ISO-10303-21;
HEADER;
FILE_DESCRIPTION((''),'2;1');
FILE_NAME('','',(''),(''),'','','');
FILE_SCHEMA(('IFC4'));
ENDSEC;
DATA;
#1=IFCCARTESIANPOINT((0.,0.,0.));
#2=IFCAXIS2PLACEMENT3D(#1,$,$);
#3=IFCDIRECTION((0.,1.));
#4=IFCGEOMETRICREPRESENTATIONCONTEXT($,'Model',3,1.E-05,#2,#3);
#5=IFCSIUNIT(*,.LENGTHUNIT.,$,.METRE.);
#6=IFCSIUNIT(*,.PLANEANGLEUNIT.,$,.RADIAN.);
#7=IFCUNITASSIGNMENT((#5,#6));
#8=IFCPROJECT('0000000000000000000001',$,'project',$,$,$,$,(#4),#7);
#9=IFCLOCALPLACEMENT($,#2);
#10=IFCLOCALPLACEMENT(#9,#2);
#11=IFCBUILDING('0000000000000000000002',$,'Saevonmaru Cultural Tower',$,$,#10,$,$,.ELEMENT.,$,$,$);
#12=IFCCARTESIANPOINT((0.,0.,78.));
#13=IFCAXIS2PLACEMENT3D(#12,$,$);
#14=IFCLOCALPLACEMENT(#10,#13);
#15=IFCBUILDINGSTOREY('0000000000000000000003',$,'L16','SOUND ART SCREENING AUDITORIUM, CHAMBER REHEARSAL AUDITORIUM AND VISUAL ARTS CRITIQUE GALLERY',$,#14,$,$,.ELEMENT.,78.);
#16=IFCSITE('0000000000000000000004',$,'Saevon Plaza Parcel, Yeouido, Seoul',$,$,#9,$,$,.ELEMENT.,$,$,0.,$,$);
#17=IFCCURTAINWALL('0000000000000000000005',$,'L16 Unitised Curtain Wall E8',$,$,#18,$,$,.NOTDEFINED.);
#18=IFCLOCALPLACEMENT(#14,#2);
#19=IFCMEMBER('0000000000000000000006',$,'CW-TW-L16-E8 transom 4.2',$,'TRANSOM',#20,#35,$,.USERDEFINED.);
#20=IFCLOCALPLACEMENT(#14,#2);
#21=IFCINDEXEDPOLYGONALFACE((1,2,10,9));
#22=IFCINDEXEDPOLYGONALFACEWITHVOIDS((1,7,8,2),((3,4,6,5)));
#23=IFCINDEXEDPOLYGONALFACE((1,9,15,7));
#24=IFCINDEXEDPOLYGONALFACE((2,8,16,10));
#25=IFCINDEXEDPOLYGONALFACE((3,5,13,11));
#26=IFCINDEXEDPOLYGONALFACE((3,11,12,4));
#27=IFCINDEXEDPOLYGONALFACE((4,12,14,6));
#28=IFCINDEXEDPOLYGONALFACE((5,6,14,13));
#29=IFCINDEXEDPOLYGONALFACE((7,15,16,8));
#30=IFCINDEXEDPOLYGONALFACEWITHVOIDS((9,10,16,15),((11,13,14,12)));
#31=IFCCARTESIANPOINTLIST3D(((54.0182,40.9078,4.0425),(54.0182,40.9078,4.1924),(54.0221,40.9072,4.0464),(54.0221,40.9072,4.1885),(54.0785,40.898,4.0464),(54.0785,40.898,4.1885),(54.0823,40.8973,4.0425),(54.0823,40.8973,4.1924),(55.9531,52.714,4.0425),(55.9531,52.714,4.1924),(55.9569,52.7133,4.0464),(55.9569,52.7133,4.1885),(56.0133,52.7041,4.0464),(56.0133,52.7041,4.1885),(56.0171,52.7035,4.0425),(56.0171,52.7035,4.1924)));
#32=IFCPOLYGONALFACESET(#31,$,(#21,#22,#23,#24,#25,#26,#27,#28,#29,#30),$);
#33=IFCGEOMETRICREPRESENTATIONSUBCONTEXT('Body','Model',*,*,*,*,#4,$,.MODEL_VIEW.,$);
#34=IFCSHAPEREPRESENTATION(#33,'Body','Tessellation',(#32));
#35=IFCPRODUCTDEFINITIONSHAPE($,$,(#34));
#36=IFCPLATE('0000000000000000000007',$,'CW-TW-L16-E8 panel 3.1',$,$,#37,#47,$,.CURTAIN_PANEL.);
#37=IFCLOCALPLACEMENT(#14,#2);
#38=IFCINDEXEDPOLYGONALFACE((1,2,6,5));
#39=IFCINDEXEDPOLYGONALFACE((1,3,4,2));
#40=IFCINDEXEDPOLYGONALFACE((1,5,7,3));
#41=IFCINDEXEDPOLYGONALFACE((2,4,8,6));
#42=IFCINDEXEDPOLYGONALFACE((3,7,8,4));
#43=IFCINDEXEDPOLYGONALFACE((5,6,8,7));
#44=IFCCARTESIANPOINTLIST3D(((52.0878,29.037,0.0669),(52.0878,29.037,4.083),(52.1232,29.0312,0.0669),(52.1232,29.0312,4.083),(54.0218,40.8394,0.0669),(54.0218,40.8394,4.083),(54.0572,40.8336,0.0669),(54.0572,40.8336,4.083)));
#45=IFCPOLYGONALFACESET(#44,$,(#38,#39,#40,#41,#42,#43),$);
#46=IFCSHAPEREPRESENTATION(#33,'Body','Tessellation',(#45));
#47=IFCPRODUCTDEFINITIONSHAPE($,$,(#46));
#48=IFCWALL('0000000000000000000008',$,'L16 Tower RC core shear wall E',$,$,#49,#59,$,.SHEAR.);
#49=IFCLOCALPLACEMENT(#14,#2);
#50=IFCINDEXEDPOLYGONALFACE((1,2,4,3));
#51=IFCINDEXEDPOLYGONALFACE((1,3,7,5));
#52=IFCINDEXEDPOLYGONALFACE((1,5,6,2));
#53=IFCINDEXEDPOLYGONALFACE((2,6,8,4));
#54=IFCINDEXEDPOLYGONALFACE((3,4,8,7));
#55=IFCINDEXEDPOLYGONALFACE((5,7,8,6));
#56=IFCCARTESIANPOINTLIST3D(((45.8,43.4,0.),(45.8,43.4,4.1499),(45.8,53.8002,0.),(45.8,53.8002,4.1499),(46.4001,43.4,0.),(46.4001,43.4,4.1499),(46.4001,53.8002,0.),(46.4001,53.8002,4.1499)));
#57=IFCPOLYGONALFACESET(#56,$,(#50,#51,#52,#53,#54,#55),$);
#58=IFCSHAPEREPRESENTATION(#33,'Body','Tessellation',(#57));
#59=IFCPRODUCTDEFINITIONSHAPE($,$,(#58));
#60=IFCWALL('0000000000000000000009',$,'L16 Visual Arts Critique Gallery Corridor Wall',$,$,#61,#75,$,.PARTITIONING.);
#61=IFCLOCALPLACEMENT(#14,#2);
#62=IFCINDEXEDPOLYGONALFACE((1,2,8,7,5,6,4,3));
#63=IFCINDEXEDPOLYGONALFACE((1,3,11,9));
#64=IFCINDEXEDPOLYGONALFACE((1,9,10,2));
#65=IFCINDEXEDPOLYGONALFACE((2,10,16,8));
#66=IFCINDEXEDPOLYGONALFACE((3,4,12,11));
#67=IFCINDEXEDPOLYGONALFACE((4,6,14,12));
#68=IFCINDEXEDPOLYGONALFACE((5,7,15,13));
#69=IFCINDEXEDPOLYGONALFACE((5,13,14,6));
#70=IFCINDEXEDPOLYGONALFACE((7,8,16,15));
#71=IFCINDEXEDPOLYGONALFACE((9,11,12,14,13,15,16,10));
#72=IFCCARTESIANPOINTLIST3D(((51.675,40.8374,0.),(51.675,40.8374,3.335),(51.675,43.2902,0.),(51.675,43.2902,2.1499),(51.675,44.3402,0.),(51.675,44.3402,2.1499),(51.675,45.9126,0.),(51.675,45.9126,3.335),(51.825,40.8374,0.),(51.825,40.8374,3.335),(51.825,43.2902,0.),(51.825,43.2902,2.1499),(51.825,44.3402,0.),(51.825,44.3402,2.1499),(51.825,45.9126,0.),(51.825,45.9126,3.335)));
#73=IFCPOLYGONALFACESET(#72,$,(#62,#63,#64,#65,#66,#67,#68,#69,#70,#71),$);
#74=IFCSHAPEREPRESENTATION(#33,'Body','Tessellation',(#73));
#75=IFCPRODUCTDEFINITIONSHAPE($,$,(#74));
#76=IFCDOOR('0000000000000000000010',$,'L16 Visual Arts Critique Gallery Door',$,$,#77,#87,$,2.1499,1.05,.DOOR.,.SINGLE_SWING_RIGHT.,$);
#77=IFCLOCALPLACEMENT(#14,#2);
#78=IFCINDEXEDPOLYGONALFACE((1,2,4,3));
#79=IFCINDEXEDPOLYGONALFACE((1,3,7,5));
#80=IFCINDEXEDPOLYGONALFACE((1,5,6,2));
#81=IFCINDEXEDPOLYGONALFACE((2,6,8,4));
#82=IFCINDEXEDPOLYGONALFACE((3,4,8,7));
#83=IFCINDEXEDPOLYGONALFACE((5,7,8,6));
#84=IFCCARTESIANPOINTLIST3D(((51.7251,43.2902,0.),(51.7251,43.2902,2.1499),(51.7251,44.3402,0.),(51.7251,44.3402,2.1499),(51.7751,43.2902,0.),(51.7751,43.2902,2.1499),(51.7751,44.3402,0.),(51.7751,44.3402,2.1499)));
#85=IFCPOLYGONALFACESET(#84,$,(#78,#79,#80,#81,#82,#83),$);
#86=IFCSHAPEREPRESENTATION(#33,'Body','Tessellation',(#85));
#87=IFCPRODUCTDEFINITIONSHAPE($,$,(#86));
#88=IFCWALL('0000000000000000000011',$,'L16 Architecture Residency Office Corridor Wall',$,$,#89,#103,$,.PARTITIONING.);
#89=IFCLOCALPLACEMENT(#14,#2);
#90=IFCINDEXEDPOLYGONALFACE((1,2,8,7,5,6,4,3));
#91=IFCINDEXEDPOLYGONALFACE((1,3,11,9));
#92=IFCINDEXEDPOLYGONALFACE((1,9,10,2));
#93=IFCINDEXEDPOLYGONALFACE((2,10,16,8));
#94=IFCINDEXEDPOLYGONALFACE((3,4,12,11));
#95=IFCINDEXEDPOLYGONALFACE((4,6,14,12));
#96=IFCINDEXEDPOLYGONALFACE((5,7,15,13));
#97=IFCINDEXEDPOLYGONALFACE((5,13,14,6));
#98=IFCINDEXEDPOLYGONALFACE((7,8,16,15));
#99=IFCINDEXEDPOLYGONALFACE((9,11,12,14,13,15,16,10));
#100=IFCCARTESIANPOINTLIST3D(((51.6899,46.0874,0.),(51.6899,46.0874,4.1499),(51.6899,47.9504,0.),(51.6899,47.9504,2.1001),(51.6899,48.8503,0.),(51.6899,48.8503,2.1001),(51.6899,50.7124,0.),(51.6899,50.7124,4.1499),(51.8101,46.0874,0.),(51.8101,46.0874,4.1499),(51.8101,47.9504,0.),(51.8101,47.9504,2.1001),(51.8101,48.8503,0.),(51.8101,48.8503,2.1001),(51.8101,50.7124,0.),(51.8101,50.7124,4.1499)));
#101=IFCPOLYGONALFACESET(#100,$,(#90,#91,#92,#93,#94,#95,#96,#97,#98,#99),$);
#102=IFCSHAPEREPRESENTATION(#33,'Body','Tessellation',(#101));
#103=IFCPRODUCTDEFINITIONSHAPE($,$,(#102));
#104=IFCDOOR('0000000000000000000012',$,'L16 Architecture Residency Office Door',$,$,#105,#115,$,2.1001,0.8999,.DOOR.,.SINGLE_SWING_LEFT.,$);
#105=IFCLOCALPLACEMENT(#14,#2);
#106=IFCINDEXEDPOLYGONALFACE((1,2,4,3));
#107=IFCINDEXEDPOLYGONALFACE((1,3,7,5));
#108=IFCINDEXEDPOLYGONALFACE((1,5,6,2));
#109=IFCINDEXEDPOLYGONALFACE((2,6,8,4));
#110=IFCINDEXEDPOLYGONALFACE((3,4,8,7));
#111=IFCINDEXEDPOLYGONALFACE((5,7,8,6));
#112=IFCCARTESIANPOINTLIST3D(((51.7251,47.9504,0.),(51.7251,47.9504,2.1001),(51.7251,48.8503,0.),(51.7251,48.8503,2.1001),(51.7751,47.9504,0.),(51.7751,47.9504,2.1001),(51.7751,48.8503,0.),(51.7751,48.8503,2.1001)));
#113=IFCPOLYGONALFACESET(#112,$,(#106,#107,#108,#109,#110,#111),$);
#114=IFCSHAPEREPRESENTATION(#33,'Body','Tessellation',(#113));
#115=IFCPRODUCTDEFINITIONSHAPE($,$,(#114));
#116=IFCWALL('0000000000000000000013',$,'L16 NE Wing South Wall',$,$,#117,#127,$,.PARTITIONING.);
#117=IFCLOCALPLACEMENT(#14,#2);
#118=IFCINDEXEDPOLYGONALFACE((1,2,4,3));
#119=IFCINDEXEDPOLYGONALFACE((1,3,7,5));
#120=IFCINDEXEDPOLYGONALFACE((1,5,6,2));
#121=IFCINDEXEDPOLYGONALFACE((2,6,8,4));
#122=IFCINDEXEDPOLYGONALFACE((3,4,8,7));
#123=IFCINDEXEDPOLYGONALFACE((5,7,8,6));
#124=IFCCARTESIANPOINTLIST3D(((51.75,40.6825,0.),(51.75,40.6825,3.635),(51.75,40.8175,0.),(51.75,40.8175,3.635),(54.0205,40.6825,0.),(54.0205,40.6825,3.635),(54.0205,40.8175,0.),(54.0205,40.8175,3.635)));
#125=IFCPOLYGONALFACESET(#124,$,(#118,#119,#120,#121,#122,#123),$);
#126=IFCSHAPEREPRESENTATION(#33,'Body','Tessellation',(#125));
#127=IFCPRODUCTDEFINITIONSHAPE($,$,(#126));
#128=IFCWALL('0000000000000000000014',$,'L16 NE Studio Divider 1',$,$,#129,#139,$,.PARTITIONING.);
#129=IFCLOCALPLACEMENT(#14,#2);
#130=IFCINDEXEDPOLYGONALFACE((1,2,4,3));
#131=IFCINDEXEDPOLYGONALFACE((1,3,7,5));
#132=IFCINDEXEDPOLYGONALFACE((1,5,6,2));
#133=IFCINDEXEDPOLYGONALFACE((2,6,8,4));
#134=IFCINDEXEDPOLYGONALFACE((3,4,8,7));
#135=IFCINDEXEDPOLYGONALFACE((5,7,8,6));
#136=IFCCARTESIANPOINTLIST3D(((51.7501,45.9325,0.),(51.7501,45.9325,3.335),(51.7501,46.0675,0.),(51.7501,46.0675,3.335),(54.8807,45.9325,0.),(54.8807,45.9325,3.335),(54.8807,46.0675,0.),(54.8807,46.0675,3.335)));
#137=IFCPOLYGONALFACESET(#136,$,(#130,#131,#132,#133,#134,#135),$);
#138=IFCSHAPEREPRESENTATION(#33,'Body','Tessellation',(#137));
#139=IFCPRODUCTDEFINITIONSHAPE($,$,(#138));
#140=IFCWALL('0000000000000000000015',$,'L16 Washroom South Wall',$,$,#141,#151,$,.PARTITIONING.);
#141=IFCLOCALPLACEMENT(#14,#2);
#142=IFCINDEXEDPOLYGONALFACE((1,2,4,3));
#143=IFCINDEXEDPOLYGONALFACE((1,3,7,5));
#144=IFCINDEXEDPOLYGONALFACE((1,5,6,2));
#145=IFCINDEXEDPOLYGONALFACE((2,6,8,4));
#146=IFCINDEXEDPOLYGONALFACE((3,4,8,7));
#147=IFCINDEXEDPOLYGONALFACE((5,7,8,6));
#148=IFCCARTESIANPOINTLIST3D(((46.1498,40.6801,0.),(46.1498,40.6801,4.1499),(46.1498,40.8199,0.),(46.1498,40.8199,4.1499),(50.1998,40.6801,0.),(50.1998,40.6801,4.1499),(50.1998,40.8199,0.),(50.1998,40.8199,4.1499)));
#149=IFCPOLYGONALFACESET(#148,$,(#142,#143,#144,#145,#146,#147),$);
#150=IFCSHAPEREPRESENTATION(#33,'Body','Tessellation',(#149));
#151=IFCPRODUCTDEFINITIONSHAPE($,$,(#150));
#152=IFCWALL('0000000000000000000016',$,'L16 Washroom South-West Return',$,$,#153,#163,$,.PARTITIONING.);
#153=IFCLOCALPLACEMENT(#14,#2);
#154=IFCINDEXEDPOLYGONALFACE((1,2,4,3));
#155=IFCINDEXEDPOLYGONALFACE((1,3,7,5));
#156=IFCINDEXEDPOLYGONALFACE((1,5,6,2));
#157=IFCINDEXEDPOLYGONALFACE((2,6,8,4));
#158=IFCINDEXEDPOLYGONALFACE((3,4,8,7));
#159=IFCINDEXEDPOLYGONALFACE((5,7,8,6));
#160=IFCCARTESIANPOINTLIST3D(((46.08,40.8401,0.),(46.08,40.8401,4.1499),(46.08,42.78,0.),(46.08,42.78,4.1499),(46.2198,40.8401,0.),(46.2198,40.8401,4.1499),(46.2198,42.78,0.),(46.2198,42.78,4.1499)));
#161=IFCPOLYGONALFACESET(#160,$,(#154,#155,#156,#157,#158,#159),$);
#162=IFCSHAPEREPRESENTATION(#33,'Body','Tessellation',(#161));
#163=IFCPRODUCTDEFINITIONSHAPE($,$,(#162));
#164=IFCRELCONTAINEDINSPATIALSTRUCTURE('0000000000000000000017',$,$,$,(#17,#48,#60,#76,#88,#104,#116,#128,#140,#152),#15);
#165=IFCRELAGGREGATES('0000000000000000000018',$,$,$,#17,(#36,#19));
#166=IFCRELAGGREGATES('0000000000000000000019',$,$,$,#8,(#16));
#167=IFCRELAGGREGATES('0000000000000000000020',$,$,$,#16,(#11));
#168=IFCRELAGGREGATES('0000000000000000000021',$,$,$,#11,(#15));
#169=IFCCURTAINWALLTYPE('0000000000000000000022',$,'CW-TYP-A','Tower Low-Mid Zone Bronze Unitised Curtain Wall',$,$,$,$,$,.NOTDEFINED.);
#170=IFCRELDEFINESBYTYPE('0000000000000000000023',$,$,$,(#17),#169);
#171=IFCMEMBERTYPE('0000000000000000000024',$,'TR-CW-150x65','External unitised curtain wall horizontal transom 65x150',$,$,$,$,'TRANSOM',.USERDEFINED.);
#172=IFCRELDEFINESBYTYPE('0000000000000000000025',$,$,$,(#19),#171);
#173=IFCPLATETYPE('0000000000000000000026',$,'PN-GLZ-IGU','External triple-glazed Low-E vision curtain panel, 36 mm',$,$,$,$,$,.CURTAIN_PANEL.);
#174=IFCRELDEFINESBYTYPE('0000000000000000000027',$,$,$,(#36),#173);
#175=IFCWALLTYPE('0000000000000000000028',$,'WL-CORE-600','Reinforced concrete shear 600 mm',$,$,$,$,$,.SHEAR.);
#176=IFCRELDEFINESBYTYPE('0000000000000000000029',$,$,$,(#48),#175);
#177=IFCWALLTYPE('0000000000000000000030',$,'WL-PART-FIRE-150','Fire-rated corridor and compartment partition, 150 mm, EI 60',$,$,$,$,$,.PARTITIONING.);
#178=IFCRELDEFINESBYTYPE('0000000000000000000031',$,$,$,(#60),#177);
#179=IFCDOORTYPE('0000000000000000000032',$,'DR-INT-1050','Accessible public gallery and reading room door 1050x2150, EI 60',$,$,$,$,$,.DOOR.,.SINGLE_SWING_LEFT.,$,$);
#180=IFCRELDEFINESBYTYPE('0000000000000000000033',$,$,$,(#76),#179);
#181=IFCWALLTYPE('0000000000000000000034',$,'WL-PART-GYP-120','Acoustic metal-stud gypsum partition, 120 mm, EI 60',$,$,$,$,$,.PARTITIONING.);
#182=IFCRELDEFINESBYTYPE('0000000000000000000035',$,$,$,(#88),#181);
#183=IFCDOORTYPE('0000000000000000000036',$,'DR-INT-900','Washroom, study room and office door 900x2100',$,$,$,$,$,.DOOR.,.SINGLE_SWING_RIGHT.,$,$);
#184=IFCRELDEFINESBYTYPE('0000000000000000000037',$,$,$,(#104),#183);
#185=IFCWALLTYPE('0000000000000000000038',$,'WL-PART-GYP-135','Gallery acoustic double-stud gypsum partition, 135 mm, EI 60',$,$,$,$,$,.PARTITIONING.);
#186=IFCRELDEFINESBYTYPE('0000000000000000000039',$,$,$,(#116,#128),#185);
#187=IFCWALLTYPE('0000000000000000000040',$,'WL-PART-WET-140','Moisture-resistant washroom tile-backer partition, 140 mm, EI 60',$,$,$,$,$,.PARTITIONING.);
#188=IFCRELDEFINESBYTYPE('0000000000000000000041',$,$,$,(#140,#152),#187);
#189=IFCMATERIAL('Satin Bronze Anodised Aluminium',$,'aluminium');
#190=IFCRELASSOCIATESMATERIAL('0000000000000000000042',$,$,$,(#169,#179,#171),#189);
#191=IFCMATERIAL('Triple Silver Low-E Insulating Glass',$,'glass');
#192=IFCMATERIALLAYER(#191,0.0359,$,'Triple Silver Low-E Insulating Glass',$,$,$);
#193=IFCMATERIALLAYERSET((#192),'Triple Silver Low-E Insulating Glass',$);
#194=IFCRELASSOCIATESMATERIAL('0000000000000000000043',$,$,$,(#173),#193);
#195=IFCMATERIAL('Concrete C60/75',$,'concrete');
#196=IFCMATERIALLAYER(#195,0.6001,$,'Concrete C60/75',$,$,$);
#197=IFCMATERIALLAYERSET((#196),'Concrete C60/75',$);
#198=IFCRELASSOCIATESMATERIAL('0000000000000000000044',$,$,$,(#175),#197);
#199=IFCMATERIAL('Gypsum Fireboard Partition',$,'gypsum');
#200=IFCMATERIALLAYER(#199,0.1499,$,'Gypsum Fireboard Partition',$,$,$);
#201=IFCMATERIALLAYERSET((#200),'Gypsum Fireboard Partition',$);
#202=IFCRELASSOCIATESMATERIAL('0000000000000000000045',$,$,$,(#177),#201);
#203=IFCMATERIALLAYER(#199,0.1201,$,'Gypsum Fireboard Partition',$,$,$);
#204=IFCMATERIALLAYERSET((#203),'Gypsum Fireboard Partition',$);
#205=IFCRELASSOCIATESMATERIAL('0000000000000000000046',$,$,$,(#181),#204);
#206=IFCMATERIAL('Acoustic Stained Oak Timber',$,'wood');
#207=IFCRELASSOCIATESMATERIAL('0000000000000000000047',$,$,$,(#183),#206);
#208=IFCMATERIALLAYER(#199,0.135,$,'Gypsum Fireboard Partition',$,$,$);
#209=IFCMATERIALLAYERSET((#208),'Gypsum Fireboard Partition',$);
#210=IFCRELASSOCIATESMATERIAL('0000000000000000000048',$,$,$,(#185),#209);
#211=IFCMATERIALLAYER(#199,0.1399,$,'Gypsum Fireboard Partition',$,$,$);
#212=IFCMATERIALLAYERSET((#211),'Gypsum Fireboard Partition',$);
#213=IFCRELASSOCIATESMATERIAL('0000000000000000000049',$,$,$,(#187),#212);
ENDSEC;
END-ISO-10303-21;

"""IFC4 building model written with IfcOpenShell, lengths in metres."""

from ifc_helpers import new_model, si_unit, direction, frame, frame_2d, origin, origin_2d, place, context, subcontext, project, spatial, rectangle, hollow_rectangle, extrude, material, layer, layer_set, material_profile, profile_set, type_object, element, fill, aggregate, save


model = new_model("IFC4")

# Units and contexts
model_context = context("Model", 3, precision=1e-05, world=origin(), true_north=direction((0.0, 1.0)))
body_context = subcontext(model_context, "Body", "Model", "MODEL_VIEW")
ifc_project = project(units=[si_unit("LENGTHUNIT", "METRE"), si_unit("PLANEANGLEUNIT", "RADIAN")], contexts=[model_context])

# Site, building, storey
site_placement = place(None, origin())
site = spatial("IfcSite", under=ifc_project, at=site_placement, Name="Saevon Plaza Parcel, Yeouido, Seoul", CompositionType="ELEMENT", RefElevation=0.0)
building_placement = place(site_placement, origin())
building = spatial("IfcBuilding", under=site, at=building_placement, Name="Saevonmaru Cultural Tower", CompositionType="ELEMENT")
storey_placement = place(building_placement, frame((0.0, 0.0, 78.0)))
storey = spatial("IfcBuildingStorey", under=building, at=storey_placement, Name="L16", Description="SOUND ART SCREENING AUDITORIUM, CHAMBER REHEARSAL AUDITORIUM AND VISUAL ARTS CRITIQUE GALLERY", CompositionType="ELEMENT", Elevation=78.0)

# Curtain wall, member, plate
ifc_material_1 = material(Name="Satin Bronze Anodised Aluminium", Category="aluminium")
curtain_wall_type = type_object("IfcCurtainWallType", Name="CW-TYP-A", Description="Tower Low-Mid Zone Bronze Unitised Curtain Wall", PredefinedType="NOTDEFINED", material=ifc_material_1)
curtain_wall_placement = place(storey_placement, origin())
curtain_wall = element("IfcCurtainWall", 1, at=curtain_wall_placement, inside=storey, type_object=curtain_wall_type, Name="L16 Unitised Curtain Wall E8", PredefinedType="NOTDEFINED")
ifc_material_profile_1 = material_profile(ifc_material_1, hollow_rectangle(XDim=0.0649, YDim=0.1499, WallThickness=0.0039, at=origin_2d()), Name="ALU-TRAN-150x65x4")
ifc_profile_set_1 = profile_set([ifc_material_profile_1], Name="Satin Bronze Anodised Aluminium")
member_type_1 = type_object("IfcMemberType", Name="TR-CW-150x65", Description="External unitised curtain wall horizontal transom 65x150", ElementType="TRANSOM", PredefinedType="USERDEFINED", material=ifc_profile_set_1)
member_1_placement = place(storey_placement, frame((54.0503, 40.9026, 4.1174), z_axis=(0.161725, 0.986836, 0.0), x_axis=(-0.986836, 0.161725, 0.0)))
member_1 = element("IfcMember", 2, at=member_1_placement, type_object=member_type_1, Name="CW-TW-L16-E8 transom 4.2", ObjectType="TRANSOM", PredefinedType="USERDEFINED", context=body_context, shape_type="SweptSolid", body=[
    extrude(hollow_rectangle(XDim=0.0649, YDim=0.1499, WallThickness=0.0039, at=origin_2d()), origin(), (0.0, 0.0, 1.0), 11.9636),
])
ifc_material_2 = material(Name="Triple Silver Low-E Insulating Glass", Category="glass")
ifc_layer_1 = layer(ifc_material_2, 0.0359, Name="Triple Silver Low-E Insulating Glass")
ifc_layer_set_1 = layer_set([ifc_layer_1], Name="Triple Silver Low-E Insulating Glass")
plate_type = type_object("IfcPlateType", Name="PN-GLZ-IGU", Description="External triple-glazed Low-E vision curtain panel, 36 mm", PredefinedType="CURTAIN_PANEL", material=ifc_layer_set_1)
plate_placement = place(storey_placement, frame((53.0725, 34.9353, 0.0669), z_axis=(0.0, 0.0, 1.0), x_axis=(0.161709, 0.986839, 0.0)))
plate = element("IfcPlate", 3, at=plate_placement, type_object=plate_type, Name="CW-TW-L16-E8 panel 3.1", PredefinedType="CURTAIN_PANEL", context=body_context, shape_type="SweptSolid", body=[
    extrude(rectangle(XDim=11.9597, YDim=0.0359, at=origin_2d()), origin(), (0.0, 0.0, 1.0), 4.0161),
])
aggregate(curtain_wall, [plate, member_1])

# Wall
ifc_material_3 = material(Name="Concrete C60/75", Category="concrete")
ifc_layer_2 = layer(ifc_material_3, 0.6001, Name="Concrete C60/75")
ifc_layer_set_2 = layer_set([ifc_layer_2], Name="Concrete C60/75")
wall_type_1 = type_object("IfcWallType", Name="WL-CORE-600", Description="Reinforced concrete shear 600 mm", PredefinedType="SHEAR", material=ifc_layer_set_2)
wall_1_placement = place(storey_placement, frame((46.1001, 43.3999, 0.0), z_axis=(0.0, 0.0, 1.0), x_axis=(0.0, 1.0, 0.0)))
element("IfcWall", 4, at=wall_1_placement, inside=storey, type_object=wall_type_1, Name="L16 Tower RC core shear wall E", PredefinedType="SHEAR", context=body_context, shape_type="SweptSolid", body=[
    extrude(rectangle(XDim=10.4001, YDim=0.6001, at=frame_2d((5.2002, 0.0))), origin(), (0.0, 0.0, 1.0), 4.1499),
])

# Walls, openings, doors
ifc_material_4 = material(Name="Gypsum Fireboard Partition", Category="gypsum")
ifc_layer_3 = layer(ifc_material_4, 0.1499, Name="Gypsum Fireboard Partition")
ifc_layer_set_3 = layer_set([ifc_layer_3], Name="Gypsum Fireboard Partition")
wall_type_2 = type_object("IfcWallType", Name="WL-PART-FIRE-150", Description="Fire-rated corridor and compartment partition, 150 mm, EI 60", PredefinedType="PARTITIONING", material=ifc_layer_set_3)
wall_2_placement = place(storey_placement, frame((51.75, 40.8374, 0.0), z_axis=(0.0, 0.0, 1.0), x_axis=(0.0, 1.0, 0.0)))
wall_2 = element("IfcWall", 5, at=wall_2_placement, inside=storey, type_object=wall_type_2, Name="L16 Visual Arts Critique Gallery Corridor Wall", PredefinedType="PARTITIONING", context=body_context, shape_type="SweptSolid", body=[
    extrude(rectangle(XDim=5.0752, YDim=0.1499, at=frame_2d((2.5376, 0.0))), origin(), (0.0, 0.0, 1.0), 3.335),
])
opening_1_placement = place(wall_2_placement, frame((2.4529, 0.0, 0.0)))
opening_1 = element("IfcOpeningElement", 6, at=opening_1_placement, cuts=wall_2, PredefinedType="OPENING", context=body_context, shape_type="SweptSolid", body=[
    extrude(rectangle(XDim=1.05, YDim=2.1499, at=frame_2d((0.5249, 1.075))), frame((0.0, 0.085, 0.0), z_axis=(0.0, -1.0, 0.0), x_axis=(1.0, 0.0, 0.0)), (0.0, 0.0, 1.0), 0.1699),
])
door_type_1 = type_object("IfcDoorType", Name="DR-INT-1050", Description="Accessible public gallery and reading room door 1050x2150, EI 60", OperationType="SINGLE_SWING_LEFT", PredefinedType="DOOR", material=ifc_material_1)
door_1_placement = place(opening_1_placement, origin())
door_1 = element("IfcDoor", 7, at=door_1_placement, inside=storey, type_object=door_type_1, Name="L16 Visual Arts Critique Gallery Door", OperationType="SINGLE_SWING_RIGHT", OverallHeight=2.1499, OverallWidth=1.05, PredefinedType="DOOR", context=body_context, shape_type="SweptSolid", body=[
    extrude(rectangle(XDim=1.05, YDim=2.1499, at=frame_2d((0.5249, 1.075))), frame((0.0, 0.0249, 0.0), z_axis=(0.0, -1.0, 0.0), x_axis=(1.0, 0.0, 0.0)), (0.0, 0.0, 1.0), 0.05),
])
fill(opening_1, door_1)
ifc_layer_4 = layer(ifc_material_4, 0.1201, Name="Gypsum Fireboard Partition")
ifc_layer_set_4 = layer_set([ifc_layer_4], Name="Gypsum Fireboard Partition")
wall_type_3 = type_object("IfcWallType", Name="WL-PART-GYP-120", Description="Acoustic metal-stud gypsum partition, 120 mm, EI 60", PredefinedType="PARTITIONING", material=ifc_layer_set_4)
wall_3_placement = place(storey_placement, frame((51.75, 46.0874, 0.0), z_axis=(0.0, 0.0, 1.0), x_axis=(0.0, 1.0, 0.0)))
wall_3 = element("IfcWall", 8, at=wall_3_placement, inside=storey, type_object=wall_type_3, Name="L16 Architecture Residency Office Corridor Wall", PredefinedType="PARTITIONING", context=body_context, shape_type="SweptSolid", body=[
    extrude(rectangle(XDim=4.625, YDim=0.1201, at=frame_2d((2.3125, 0.0))), origin(), (0.0, 0.0, 1.0), 4.1499),
])
opening_2_placement = place(wall_3_placement, frame((1.863, 0.0, 0.0)))
opening_2 = element("IfcOpeningElement", 9, at=opening_2_placement, cuts=wall_3, PredefinedType="OPENING", context=body_context, shape_type="SweptSolid", body=[
    extrude(rectangle(XDim=0.8999, YDim=2.1001, at=frame_2d((0.45, 1.05))), frame((0.0, 0.0701, 0.0), z_axis=(0.0, -1.0, 0.0), x_axis=(1.0, 0.0, 0.0)), (0.0, 0.0, 1.0), 0.1401),
])
ifc_material_5 = material(Name="Acoustic Stained Oak Timber", Category="wood")
door_type_2 = type_object("IfcDoorType", Name="DR-INT-900", Description="Washroom, study room and office door 900x2100", OperationType="SINGLE_SWING_RIGHT", PredefinedType="DOOR", material=ifc_material_5)
door_2_placement = place(opening_2_placement, origin())
door_2 = element("IfcDoor", 10, at=door_2_placement, inside=storey, type_object=door_type_2, Name="L16 Architecture Residency Office Door", OperationType="SINGLE_SWING_LEFT", OverallHeight=2.1001, OverallWidth=0.8999, PredefinedType="DOOR", context=body_context, shape_type="SweptSolid", body=[
    extrude(rectangle(XDim=0.8999, YDim=2.1001, at=frame_2d((0.45, 1.05))), frame((0.0, 0.0249, 0.0), z_axis=(0.0, -1.0, 0.0), x_axis=(1.0, 0.0, 0.0)), (0.0, 0.0, 1.0), 0.05),
])
fill(opening_2, door_2)

# Walls
ifc_layer_5 = layer(ifc_material_4, 0.135, Name="Gypsum Fireboard Partition")
ifc_layer_set_5 = layer_set([ifc_layer_5], Name="Gypsum Fireboard Partition")
wall_type_4 = type_object("IfcWallType", Name="WL-PART-GYP-135", Description="Gallery acoustic double-stud gypsum partition, 135 mm, EI 60", PredefinedType="PARTITIONING", material=ifc_layer_set_5)
wall_4_placement = place(storey_placement, frame((51.75, 40.75, 0.0), z_axis=(0.0, 0.0, 1.0), x_axis=(1.0, 0.0, 0.0)))
element("IfcWall", 11, at=wall_4_placement, inside=storey, type_object=wall_type_4, Name="L16 NE Wing South Wall", PredefinedType="PARTITIONING", context=body_context, shape_type="SweptSolid", body=[
    extrude(rectangle(XDim=2.2705, YDim=0.135, at=frame_2d((1.1353, 0.0))), origin(), (0.0, 0.0, 1.0), 3.635),
])
wall_5_placement = place(storey_placement, frame((51.75, 46.0, 0.0), z_axis=(0.0, 0.0, 1.0), x_axis=(1.0, 0.0, 0.0)))
element("IfcWall", 12, at=wall_5_placement, inside=storey, type_object=wall_type_4, Name="L16 NE Studio Divider 1", PredefinedType="PARTITIONING", context=body_context, shape_type="SweptSolid", body=[
    extrude(rectangle(XDim=3.1306, YDim=0.135, at=frame_2d((1.5654, 0.0))), origin(), (0.0, 0.0, 1.0), 3.335),
])
ifc_layer_6 = layer(ifc_material_4, 0.1399, Name="Gypsum Fireboard Partition")
ifc_layer_set_6 = layer_set([ifc_layer_6], Name="Gypsum Fireboard Partition")
wall_type_5 = type_object("IfcWallType", Name="WL-PART-WET-140", Description="Moisture-resistant washroom tile-backer partition, 140 mm, EI 60", PredefinedType="PARTITIONING", material=ifc_layer_set_6)
wall_6_placement = place(storey_placement, frame((46.1499, 40.75, 0.0), z_axis=(0.0, 0.0, 1.0), x_axis=(1.0, 0.0, 0.0)))
element("IfcWall", 13, at=wall_6_placement, inside=storey, type_object=wall_type_5, Name="L16 Washroom South Wall", PredefinedType="PARTITIONING", context=body_context, shape_type="SweptSolid", body=[
    extrude(rectangle(XDim=4.05, YDim=0.1399, at=frame_2d((2.0249, 0.0))), origin(), (0.0, 0.0, 1.0), 4.1499),
])
wall_7_placement = place(storey_placement, frame((46.1499, 40.8401, 0.0), z_axis=(0.0, 0.0, 1.0), x_axis=(0.0, 1.0, 0.0)))
element("IfcWall", 14, at=wall_7_placement, inside=storey, type_object=wall_type_5, Name="L16 Washroom South-West Return", PredefinedType="PARTITIONING", context=body_context, shape_type="SweptSolid", body=[
    extrude(rectangle(XDim=1.9399, YDim=0.1399, at=frame_2d((0.97, 0.0))), origin(), (0.0, 0.0, 1.0), 4.1499),
])

save(model, "model.ifc")
